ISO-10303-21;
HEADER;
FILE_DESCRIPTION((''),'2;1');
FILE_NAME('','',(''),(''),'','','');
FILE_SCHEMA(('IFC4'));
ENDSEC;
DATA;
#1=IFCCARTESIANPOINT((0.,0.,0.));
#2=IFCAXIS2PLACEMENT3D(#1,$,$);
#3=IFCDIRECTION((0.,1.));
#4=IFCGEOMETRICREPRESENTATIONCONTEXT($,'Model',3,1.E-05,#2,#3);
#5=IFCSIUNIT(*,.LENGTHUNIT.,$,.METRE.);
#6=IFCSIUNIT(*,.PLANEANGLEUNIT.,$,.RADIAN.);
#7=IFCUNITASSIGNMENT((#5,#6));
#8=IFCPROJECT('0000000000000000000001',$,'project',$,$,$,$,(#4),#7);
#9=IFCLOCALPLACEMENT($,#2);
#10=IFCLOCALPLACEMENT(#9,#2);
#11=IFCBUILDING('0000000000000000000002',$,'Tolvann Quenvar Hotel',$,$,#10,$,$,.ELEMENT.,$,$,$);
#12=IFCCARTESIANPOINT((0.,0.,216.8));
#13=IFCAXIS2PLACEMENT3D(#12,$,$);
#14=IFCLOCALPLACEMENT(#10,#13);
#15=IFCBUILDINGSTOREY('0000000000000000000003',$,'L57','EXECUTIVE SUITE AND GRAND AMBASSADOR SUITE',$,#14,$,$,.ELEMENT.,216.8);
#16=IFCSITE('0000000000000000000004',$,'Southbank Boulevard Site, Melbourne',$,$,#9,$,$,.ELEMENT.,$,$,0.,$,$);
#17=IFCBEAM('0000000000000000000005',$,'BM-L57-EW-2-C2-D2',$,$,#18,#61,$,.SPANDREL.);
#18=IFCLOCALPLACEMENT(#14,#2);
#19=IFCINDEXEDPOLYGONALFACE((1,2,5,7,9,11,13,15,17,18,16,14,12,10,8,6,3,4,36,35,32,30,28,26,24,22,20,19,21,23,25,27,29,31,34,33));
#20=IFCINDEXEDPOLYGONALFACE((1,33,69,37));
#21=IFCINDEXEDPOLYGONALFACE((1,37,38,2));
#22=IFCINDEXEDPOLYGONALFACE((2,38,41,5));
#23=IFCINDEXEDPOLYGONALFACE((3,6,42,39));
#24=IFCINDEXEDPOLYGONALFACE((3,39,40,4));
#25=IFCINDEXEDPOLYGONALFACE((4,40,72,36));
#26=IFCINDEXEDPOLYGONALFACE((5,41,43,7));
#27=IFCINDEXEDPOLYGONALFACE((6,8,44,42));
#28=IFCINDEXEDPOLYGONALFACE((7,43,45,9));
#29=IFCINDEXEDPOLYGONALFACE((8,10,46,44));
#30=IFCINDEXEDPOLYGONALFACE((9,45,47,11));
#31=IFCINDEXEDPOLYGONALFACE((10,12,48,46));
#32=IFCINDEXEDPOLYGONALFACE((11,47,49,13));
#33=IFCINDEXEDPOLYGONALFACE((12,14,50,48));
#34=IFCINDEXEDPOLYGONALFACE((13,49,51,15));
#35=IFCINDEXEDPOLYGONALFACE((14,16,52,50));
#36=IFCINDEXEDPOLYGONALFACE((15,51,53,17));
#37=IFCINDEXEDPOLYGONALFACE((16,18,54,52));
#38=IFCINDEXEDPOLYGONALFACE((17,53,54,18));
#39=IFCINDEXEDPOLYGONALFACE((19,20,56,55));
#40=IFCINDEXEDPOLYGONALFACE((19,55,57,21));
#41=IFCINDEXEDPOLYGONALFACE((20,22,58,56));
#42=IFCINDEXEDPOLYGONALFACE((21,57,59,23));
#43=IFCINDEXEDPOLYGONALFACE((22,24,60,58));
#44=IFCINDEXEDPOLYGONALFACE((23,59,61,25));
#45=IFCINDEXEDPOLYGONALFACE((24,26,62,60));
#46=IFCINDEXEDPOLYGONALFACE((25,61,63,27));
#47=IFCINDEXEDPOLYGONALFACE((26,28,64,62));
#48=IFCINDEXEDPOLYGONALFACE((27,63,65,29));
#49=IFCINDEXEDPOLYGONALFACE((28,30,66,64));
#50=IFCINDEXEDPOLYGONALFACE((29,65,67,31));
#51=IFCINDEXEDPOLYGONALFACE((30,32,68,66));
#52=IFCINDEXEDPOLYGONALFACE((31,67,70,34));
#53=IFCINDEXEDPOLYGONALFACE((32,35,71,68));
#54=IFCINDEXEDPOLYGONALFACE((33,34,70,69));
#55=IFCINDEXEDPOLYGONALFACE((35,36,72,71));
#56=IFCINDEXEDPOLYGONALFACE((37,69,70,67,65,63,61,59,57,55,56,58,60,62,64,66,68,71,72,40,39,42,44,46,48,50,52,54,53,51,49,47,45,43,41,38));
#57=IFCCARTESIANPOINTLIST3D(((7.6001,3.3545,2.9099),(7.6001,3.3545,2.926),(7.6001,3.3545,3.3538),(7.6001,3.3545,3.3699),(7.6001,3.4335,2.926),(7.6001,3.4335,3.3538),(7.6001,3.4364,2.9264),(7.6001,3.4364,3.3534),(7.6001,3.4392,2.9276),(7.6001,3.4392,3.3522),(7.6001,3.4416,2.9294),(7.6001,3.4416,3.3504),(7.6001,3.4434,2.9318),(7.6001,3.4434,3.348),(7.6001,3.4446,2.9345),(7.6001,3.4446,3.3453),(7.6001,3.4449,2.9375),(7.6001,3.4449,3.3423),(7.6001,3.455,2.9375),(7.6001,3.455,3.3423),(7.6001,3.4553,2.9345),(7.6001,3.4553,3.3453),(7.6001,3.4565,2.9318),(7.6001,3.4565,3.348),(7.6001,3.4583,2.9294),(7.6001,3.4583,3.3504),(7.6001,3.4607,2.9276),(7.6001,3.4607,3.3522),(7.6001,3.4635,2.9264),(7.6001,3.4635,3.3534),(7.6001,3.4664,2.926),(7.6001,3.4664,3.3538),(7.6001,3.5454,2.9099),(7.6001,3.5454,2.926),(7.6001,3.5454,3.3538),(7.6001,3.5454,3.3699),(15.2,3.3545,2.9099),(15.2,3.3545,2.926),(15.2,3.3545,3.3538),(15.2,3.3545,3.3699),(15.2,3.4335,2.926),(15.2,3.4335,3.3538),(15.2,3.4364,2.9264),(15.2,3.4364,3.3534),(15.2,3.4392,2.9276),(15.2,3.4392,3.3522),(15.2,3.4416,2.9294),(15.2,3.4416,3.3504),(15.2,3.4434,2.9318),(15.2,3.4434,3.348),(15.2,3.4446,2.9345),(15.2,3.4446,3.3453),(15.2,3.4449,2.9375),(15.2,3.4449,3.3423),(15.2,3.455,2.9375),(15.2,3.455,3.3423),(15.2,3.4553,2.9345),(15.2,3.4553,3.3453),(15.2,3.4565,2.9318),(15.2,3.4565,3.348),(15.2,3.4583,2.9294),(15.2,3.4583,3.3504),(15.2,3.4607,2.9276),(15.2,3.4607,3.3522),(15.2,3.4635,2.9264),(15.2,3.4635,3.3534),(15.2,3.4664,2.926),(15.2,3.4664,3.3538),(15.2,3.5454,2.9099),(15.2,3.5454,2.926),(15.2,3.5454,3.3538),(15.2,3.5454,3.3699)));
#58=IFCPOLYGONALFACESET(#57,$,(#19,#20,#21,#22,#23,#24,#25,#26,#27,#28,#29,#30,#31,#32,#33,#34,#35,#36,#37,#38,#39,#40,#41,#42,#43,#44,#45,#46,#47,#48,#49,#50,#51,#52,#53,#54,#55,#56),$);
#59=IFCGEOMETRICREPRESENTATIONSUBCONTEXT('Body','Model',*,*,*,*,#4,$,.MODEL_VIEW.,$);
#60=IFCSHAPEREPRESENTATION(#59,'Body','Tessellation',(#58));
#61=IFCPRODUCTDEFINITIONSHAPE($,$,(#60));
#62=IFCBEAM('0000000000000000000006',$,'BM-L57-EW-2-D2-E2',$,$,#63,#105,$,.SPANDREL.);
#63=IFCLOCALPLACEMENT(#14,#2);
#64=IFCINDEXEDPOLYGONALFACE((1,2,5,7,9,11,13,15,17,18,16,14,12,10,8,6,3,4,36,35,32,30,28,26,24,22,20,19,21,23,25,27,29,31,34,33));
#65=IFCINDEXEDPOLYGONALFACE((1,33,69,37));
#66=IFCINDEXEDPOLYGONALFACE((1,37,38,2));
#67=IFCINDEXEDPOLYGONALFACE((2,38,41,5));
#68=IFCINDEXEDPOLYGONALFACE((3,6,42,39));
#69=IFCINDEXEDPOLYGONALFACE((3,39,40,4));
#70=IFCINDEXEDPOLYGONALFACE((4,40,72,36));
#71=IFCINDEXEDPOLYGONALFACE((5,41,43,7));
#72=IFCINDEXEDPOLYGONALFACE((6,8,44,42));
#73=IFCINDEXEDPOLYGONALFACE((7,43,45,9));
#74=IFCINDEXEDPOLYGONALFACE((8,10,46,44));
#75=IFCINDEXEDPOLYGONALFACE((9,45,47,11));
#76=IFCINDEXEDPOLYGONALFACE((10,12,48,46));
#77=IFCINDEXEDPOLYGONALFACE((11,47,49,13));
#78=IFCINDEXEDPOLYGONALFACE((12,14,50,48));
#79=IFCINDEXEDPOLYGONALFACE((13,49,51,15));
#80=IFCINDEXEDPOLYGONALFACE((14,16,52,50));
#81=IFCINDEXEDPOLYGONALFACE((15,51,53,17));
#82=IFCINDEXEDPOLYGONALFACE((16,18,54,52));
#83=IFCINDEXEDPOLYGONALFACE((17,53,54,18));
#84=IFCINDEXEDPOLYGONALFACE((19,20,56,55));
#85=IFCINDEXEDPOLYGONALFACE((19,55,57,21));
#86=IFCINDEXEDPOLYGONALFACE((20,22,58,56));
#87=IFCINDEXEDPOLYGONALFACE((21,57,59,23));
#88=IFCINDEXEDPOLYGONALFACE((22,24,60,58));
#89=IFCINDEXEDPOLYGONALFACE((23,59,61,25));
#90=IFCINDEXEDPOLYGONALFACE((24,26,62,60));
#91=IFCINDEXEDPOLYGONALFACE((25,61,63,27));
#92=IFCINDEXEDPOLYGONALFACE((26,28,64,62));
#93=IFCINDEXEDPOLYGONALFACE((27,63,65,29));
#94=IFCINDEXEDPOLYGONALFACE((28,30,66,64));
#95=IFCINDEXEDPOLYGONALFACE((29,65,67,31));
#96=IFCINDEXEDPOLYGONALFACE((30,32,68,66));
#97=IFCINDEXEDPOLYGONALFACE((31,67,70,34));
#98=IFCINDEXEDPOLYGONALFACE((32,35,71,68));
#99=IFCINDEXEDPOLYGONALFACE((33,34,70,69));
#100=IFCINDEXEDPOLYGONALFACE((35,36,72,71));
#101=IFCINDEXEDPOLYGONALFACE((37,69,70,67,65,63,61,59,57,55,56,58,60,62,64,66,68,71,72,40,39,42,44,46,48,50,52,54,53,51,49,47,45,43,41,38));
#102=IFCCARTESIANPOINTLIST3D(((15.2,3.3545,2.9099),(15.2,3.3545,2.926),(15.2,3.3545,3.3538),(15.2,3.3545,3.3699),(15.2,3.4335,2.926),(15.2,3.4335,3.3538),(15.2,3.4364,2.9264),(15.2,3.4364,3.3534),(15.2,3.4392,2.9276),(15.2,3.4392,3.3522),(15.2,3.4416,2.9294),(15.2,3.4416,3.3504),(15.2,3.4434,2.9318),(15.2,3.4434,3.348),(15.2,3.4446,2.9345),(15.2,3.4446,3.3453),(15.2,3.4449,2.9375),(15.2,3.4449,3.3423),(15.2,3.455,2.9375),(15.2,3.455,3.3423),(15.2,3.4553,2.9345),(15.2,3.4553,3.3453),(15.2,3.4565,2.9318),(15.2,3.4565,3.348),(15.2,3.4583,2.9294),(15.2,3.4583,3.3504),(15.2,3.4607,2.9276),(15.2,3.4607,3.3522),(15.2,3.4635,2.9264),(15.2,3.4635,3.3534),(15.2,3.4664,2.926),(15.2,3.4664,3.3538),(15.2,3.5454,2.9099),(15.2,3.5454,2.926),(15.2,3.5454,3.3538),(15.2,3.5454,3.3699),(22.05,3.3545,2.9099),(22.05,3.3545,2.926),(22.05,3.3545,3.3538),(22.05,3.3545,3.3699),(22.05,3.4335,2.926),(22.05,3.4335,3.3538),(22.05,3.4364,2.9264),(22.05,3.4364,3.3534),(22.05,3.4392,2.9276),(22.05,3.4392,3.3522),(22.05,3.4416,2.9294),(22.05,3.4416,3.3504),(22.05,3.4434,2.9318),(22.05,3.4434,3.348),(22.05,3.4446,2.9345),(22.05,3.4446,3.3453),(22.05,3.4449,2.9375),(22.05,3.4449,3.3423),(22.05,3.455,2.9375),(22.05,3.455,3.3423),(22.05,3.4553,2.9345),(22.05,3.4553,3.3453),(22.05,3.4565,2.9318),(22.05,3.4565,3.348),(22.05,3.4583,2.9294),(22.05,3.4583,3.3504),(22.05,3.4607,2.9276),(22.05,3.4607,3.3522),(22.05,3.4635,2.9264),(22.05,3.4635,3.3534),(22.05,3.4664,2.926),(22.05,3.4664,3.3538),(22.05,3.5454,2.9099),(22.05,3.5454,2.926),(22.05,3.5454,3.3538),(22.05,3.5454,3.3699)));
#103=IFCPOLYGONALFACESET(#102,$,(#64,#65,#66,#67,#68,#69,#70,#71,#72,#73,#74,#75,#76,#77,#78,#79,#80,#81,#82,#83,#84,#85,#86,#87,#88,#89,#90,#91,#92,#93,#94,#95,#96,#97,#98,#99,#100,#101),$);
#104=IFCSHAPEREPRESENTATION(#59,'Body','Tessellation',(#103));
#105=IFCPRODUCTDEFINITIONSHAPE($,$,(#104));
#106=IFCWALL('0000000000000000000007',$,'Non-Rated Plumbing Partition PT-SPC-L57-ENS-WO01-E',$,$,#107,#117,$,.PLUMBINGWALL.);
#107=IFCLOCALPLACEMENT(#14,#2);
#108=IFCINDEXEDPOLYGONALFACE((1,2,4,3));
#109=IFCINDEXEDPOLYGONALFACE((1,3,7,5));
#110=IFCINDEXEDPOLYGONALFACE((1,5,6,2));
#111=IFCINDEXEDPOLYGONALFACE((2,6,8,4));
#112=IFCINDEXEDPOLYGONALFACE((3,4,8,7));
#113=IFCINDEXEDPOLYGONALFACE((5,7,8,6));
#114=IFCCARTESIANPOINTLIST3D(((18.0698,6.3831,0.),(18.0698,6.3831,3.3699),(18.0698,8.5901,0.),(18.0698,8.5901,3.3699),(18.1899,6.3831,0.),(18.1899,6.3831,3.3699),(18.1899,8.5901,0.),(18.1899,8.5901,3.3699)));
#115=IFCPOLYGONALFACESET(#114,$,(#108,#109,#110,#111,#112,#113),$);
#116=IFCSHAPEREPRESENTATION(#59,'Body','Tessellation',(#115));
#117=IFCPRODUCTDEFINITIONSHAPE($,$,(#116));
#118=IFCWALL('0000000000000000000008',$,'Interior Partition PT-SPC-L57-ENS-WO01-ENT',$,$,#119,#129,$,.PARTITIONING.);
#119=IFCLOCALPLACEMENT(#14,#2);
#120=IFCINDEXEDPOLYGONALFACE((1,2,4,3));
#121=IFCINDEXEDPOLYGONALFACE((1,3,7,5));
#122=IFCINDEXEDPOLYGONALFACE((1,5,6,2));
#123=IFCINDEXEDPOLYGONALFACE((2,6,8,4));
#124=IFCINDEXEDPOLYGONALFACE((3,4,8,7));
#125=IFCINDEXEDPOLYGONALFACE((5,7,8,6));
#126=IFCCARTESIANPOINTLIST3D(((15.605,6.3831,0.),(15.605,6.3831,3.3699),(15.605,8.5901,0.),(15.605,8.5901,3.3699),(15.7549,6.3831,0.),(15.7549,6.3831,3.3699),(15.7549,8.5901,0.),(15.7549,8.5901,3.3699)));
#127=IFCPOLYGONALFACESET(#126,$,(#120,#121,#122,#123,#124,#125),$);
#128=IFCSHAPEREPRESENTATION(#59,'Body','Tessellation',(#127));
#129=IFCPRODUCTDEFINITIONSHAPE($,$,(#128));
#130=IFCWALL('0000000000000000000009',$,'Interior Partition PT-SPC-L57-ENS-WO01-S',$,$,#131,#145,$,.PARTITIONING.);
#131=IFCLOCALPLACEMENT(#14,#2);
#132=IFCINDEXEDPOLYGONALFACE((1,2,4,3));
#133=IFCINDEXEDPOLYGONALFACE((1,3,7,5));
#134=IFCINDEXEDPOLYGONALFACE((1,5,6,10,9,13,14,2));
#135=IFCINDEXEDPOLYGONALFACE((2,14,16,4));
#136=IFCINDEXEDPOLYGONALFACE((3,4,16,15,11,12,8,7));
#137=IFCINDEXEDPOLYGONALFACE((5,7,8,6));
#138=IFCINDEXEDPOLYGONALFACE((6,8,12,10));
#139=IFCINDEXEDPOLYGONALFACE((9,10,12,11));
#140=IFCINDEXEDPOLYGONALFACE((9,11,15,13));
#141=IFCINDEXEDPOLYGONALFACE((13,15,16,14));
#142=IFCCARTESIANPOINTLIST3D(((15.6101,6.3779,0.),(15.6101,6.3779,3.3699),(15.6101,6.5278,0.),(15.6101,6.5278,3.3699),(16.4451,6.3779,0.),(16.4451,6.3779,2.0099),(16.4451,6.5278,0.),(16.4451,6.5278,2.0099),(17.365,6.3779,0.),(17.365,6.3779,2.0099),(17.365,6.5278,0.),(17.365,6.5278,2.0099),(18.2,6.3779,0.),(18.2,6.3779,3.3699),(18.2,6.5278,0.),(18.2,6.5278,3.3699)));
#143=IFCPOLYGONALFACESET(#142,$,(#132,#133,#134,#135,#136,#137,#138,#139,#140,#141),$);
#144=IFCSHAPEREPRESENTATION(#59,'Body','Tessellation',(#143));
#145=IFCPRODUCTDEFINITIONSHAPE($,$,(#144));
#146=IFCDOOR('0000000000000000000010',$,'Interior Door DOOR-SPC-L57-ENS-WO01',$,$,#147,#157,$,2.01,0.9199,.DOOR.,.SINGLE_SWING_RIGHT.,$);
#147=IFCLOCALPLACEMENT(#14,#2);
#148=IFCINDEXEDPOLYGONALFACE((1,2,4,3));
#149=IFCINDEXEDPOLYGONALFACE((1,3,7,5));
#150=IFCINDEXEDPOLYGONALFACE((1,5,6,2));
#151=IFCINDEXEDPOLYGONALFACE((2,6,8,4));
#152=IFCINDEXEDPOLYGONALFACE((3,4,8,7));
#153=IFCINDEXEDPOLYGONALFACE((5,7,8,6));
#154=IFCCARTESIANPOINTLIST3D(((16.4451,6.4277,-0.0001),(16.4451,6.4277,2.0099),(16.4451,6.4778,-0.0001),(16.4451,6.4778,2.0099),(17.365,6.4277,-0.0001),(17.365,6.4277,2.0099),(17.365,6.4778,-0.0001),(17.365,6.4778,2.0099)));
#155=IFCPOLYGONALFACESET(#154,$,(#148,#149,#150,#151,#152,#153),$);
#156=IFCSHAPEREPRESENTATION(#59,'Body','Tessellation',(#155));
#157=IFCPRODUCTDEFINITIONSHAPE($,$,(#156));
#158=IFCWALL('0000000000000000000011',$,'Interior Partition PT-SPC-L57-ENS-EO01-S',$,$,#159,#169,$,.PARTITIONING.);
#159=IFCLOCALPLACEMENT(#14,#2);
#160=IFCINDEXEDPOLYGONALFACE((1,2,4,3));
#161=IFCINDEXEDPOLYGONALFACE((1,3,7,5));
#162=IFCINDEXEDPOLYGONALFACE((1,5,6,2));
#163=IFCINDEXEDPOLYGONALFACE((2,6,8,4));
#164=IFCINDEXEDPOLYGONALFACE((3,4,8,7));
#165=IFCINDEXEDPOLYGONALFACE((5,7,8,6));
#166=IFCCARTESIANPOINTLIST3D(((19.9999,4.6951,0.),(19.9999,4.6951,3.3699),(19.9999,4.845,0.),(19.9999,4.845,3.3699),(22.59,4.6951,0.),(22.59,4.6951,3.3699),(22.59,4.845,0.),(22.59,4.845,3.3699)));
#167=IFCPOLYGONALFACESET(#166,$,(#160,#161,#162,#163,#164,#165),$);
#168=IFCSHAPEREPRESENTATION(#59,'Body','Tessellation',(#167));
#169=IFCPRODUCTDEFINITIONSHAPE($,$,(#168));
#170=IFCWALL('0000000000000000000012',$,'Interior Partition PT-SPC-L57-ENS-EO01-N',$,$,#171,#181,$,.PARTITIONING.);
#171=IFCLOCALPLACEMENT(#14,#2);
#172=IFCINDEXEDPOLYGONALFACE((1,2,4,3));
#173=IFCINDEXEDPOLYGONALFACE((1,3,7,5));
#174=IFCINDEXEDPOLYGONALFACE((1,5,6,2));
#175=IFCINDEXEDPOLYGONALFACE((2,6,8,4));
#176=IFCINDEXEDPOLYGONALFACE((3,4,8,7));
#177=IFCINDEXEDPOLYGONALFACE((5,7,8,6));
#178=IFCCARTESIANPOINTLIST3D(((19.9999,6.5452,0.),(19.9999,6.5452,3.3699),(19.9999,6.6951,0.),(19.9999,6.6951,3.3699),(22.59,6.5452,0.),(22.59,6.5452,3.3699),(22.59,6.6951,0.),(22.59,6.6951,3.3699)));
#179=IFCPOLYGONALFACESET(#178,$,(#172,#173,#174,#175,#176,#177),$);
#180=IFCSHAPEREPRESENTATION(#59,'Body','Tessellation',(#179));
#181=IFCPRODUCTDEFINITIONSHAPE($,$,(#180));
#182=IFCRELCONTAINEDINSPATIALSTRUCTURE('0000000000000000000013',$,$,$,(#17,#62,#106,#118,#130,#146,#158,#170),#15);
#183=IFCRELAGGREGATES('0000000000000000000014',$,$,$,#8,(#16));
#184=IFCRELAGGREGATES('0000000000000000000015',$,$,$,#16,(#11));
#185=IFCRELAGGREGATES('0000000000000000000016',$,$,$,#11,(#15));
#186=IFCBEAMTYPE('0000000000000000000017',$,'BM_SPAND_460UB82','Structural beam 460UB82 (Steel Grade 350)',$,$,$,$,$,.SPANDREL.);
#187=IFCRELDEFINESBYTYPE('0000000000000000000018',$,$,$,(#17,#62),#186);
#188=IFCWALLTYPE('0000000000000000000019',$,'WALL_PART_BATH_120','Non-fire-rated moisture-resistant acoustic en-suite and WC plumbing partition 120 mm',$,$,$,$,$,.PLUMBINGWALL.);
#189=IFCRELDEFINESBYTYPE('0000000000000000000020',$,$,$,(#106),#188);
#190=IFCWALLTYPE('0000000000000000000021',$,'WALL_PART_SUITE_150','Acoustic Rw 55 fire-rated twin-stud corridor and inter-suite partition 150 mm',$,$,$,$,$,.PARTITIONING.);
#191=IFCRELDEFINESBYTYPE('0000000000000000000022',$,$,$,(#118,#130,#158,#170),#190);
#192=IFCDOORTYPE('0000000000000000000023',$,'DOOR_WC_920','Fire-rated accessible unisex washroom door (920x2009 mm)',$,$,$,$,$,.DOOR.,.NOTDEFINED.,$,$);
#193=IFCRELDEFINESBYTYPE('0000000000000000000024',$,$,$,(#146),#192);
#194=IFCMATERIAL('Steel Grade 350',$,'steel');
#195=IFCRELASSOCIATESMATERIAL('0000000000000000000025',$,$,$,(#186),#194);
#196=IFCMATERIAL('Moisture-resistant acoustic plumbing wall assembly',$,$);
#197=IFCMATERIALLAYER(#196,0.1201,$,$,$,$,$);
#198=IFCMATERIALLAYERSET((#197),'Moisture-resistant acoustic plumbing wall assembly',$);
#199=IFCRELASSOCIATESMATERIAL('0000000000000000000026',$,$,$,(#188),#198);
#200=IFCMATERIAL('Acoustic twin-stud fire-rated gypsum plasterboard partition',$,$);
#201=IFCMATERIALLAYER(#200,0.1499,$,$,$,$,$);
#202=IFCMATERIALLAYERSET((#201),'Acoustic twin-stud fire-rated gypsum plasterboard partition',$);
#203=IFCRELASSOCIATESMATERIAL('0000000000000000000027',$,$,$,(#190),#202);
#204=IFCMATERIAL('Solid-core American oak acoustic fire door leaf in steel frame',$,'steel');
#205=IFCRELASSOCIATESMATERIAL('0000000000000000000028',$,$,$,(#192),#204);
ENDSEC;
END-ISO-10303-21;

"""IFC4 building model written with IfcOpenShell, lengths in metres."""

from ifc_helpers import new_model, si_unit, direction, frame, frame_2d, origin, origin_2d, place, context, subcontext, project, spatial, rectangle, i_section, extrude, source, transform, mapped, material, layer, layer_set, material_profile, profile_set, type_object, type_shapes, element, fill, save


model = new_model("IFC4")

# Units and contexts
model_context = context("Model", 3, precision=1e-05, world=origin(), true_north=direction((0.0, 1.0)))
body_context = subcontext(model_context, "Body", "Model", "MODEL_VIEW")
ifc_project = project(units=[si_unit("LENGTHUNIT", "METRE"), si_unit("PLANEANGLEUNIT", "RADIAN")], contexts=[model_context])

# Site, building, storey
site_placement = place(None, origin())
site = spatial("IfcSite", under=ifc_project, at=site_placement, Name="Southbank Boulevard Site, Melbourne", CompositionType="ELEMENT", RefElevation=0.0)
building_placement = place(site_placement, origin())
building = spatial("IfcBuilding", under=site, at=building_placement, Name="Tolvann Quenvar Hotel", CompositionType="ELEMENT")
storey_placement = place(building_placement, frame((0.0, 0.0, 216.8)))
storey = spatial("IfcBuildingStorey", under=building, at=storey_placement, Name="L57", Description="EXECUTIVE SUITE AND GRAND AMBASSADOR SUITE", CompositionType="ELEMENT", Elevation=216.8)

# Shared definitions
ifc_material_1 = material(Name="Steel Grade 350", Category="steel")

# Beams
ifc_material_profile_1 = material_profile(ifc_material_1, i_section(OverallWidth=0.1909, OverallDepth=0.46, WebThickness=0.01, FlangeThickness=0.0161, FilletRadius=0.0115, at=origin_2d()), Name="460UB82")
ifc_profile_set_1 = profile_set([ifc_material_profile_1], Name="Steel Grade 350")
beam_type_1 = type_object("IfcBeamType", Name="BM_SPAND_460UB82", Description="Structural beam 460UB82 (Steel Grade 350)", PredefinedType="SPANDREL", material=ifc_profile_set_1)
shared_shape_1 = source(origin(), body_context, "Body", "SweptSolid", [
    extrude(i_section(OverallWidth=0.1909, OverallDepth=0.46, WebThickness=0.01, FlangeThickness=0.0161, FilletRadius=0.0115, at=origin_2d()), origin(), (0.0, 0.0, 1.0), 7.5999),
])
beam_1_placement = place(storey_placement, frame((7.6001, 3.45, 3.1399), z_axis=(1.0, 0.0, 0.0), x_axis=(0.0, 1.0, 0.0)))
element("IfcBeam", 1, at=beam_1_placement, inside=storey, type_object=beam_type_1, Name="BM-L57-EW-2-C2-D2", PredefinedType="SPANDREL", context=body_context, shape_type="MappedRepresentation", body=[
    mapped(shared_shape_1, transform((0.0, 0.0, 0.0), x_axis=(1.0, 0.0, 0.0), y_axis=(0.0, 1.0, 0.0), z_axis=(0.0, 0.0, 1.0), scale=1.0)),
])
shared_shape_2 = source(origin(), body_context, "Body", "SweptSolid", [
    extrude(i_section(OverallWidth=0.1909, OverallDepth=0.46, WebThickness=0.01, FlangeThickness=0.0161, FilletRadius=0.0115, at=origin_2d()), origin(), (0.0, 0.0, 1.0), 6.8501),
])
type_shapes(beam_type_1, [shared_shape_1, shared_shape_2])
beam_2_placement = place(storey_placement, frame((15.2, 3.45, 3.1399), z_axis=(1.0, 0.0, 0.0), x_axis=(0.0, 1.0, 0.0)))
element("IfcBeam", 2, at=beam_2_placement, inside=storey, type_object=beam_type_1, Name="BM-L57-EW-2-D2-E2", PredefinedType="SPANDREL", context=body_context, shape_type="MappedRepresentation", body=[
    mapped(shared_shape_2, transform((0.0, 0.0, 0.0), x_axis=(1.0, 0.0, 0.0), y_axis=(0.0, 1.0, 0.0), z_axis=(0.0, 0.0, 1.0), scale=1.0)),
])

# Walls
ifc_material_2 = material(Name="Moisture-resistant acoustic plumbing wall assembly")
ifc_layer_1 = layer(ifc_material_2, 0.1201)
ifc_layer_set_1 = layer_set([ifc_layer_1], Name="Moisture-resistant acoustic plumbing wall assembly")
wall_type_1 = type_object("IfcWallType", Name="WALL_PART_BATH_120", Description="Non-fire-rated moisture-resistant acoustic en-suite and WC plumbing partition 120 mm", PredefinedType="PLUMBINGWALL", material=ifc_layer_set_1)
wall_1_placement = place(storey_placement, frame((18.1299, 6.3831, 0.0), z_axis=(0.0, 0.0, 1.0), x_axis=(0.0, 1.0, 0.0)))
element("IfcWall", 3, at=wall_1_placement, inside=storey, type_object=wall_type_1, Name="Non-Rated Plumbing Partition PT-SPC-L57-ENS-WO01-E", PredefinedType="PLUMBINGWALL", context=body_context, shape_type="SweptSolid", body=[
    extrude(rectangle(XDim=2.207, YDim=0.1201, at=frame_2d((1.1035, 0.0))), origin(), (0.0, 0.0, 1.0), 3.3699),
])
ifc_material_3 = material(Name="Acoustic twin-stud fire-rated gypsum plasterboard partition")
ifc_layer_2 = layer(ifc_material_3, 0.1499)
ifc_layer_set_2 = layer_set([ifc_layer_2], Name="Acoustic twin-stud fire-rated gypsum plasterboard partition")
wall_type_2 = type_object("IfcWallType", Name="WALL_PART_SUITE_150", Description="Acoustic Rw 55 fire-rated twin-stud corridor and inter-suite partition 150 mm", PredefinedType="PARTITIONING", material=ifc_layer_set_2)
wall_2_placement = place(storey_placement, frame((15.6799, 6.3831, 0.0), z_axis=(0.0, 0.0, 1.0), x_axis=(0.0, 1.0, 0.0)))
element("IfcWall", 4, at=wall_2_placement, inside=storey, type_object=wall_type_2, Name="Interior Partition PT-SPC-L57-ENS-WO01-ENT", PredefinedType="PARTITIONING", context=body_context, shape_type="SweptSolid", body=[
    extrude(rectangle(XDim=2.207, YDim=0.1499, at=frame_2d((1.1035, 0.0))), origin(), (0.0, 0.0, 1.0), 3.3699),
])

# Wall, opening, door
wall_3_placement = place(storey_placement, frame((15.6101, 6.4529, 0.0), z_axis=(0.0, 0.0, 1.0), x_axis=(1.0, 0.0, 0.0)))
wall_3 = element("IfcWall", 5, at=wall_3_placement, inside=storey, type_object=wall_type_2, Name="Interior Partition PT-SPC-L57-ENS-WO01-S", PredefinedType="PARTITIONING", context=body_context, shape_type="SweptSolid", body=[
    extrude(rectangle(XDim=2.5898, YDim=0.1499, at=frame_2d((1.2949, 0.0))), origin(), (0.0, 0.0, 1.0), 3.3699),
])
opening_1_placement = place(wall_3_placement, frame((0.835, 0.0, 0.0)))
opening_1 = element("IfcOpeningElement", 6, at=opening_1_placement, cuts=wall_3, PredefinedType="OPENING", context=body_context, shape_type="SweptSolid", body=[
    extrude(rectangle(XDim=0.9199, YDim=2.01, at=frame_2d((0.46, 1.0049))), frame((0.0, 0.085, 0.0), z_axis=(0.0, -1.0, 0.0), x_axis=(1.0, 0.0, 0.0)), (0.0, 0.0, 1.0), 0.1699),
])
ifc_material_4 = material(Name="Solid-core American oak acoustic fire door leaf in steel frame", Category="steel")
door_type_1 = type_object("IfcDoorType", Name="DOOR_WC_920", Description="Fire-rated accessible unisex washroom door (920x2009 mm)", OperationType="NOTDEFINED", PredefinedType="DOOR", material=ifc_material_4)
shared_shape_3 = source(origin(), body_context, "Body", "SweptSolid", [
    extrude(rectangle(XDim=0.9199, YDim=2.01, at=frame_2d((0.46, 1.0049))), frame((0.0, 0.0249, 0.0), z_axis=(0.0, -1.0, 0.0), x_axis=(1.0, 0.0, 0.0)), (0.0, 0.0, 1.0), 0.05),
])
type_shapes(door_type_1, [shared_shape_3])
door_1_placement = place(opening_1_placement, origin())
door_1 = element("IfcDoor", 7, at=door_1_placement, inside=storey, type_object=door_type_1, Name="Interior Door DOOR-SPC-L57-ENS-WO01", OperationType="SINGLE_SWING_RIGHT", OverallHeight=2.01, OverallWidth=0.9199, PredefinedType="DOOR", context=body_context, shape_type="MappedRepresentation", body=[
    mapped(shared_shape_3, transform((0.0, 0.0, 0.0), x_axis=(1.0, 0.0, 0.0), y_axis=(0.0, 1.0, 0.0), z_axis=(0.0, 0.0, 1.0), scale=1.0)),
])
fill(opening_1, door_1)

# Walls
for number, where, z_axis, x_axis, name in (
    (8, (20.0, 4.77, 0.0), (0.0, 0.0, 1.0), (1.0, 0.0, 0.0), "Interior Partition PT-SPC-L57-ENS-EO01-S"),
    (9, (20.0, 6.6201, 0.0), (0.0, 0.0, 1.0), (1.0, 0.0, 0.0), "Interior Partition PT-SPC-L57-ENS-EO01-N"),
):
    element("IfcWall", number, at=place(storey_placement, frame(where, z_axis=z_axis, x_axis=x_axis)), inside=storey, type_object=wall_type_2, Name=name, PredefinedType="PARTITIONING", context=body_context, shape_type="SweptSolid", body=[
        extrude(rectangle(XDim=2.5901, YDim=0.1499, at=frame_2d((1.2949, 0.0))), origin(), (0.0, 0.0, 1.0), 3.3699),
    ])

save(model, "model.ifc")
